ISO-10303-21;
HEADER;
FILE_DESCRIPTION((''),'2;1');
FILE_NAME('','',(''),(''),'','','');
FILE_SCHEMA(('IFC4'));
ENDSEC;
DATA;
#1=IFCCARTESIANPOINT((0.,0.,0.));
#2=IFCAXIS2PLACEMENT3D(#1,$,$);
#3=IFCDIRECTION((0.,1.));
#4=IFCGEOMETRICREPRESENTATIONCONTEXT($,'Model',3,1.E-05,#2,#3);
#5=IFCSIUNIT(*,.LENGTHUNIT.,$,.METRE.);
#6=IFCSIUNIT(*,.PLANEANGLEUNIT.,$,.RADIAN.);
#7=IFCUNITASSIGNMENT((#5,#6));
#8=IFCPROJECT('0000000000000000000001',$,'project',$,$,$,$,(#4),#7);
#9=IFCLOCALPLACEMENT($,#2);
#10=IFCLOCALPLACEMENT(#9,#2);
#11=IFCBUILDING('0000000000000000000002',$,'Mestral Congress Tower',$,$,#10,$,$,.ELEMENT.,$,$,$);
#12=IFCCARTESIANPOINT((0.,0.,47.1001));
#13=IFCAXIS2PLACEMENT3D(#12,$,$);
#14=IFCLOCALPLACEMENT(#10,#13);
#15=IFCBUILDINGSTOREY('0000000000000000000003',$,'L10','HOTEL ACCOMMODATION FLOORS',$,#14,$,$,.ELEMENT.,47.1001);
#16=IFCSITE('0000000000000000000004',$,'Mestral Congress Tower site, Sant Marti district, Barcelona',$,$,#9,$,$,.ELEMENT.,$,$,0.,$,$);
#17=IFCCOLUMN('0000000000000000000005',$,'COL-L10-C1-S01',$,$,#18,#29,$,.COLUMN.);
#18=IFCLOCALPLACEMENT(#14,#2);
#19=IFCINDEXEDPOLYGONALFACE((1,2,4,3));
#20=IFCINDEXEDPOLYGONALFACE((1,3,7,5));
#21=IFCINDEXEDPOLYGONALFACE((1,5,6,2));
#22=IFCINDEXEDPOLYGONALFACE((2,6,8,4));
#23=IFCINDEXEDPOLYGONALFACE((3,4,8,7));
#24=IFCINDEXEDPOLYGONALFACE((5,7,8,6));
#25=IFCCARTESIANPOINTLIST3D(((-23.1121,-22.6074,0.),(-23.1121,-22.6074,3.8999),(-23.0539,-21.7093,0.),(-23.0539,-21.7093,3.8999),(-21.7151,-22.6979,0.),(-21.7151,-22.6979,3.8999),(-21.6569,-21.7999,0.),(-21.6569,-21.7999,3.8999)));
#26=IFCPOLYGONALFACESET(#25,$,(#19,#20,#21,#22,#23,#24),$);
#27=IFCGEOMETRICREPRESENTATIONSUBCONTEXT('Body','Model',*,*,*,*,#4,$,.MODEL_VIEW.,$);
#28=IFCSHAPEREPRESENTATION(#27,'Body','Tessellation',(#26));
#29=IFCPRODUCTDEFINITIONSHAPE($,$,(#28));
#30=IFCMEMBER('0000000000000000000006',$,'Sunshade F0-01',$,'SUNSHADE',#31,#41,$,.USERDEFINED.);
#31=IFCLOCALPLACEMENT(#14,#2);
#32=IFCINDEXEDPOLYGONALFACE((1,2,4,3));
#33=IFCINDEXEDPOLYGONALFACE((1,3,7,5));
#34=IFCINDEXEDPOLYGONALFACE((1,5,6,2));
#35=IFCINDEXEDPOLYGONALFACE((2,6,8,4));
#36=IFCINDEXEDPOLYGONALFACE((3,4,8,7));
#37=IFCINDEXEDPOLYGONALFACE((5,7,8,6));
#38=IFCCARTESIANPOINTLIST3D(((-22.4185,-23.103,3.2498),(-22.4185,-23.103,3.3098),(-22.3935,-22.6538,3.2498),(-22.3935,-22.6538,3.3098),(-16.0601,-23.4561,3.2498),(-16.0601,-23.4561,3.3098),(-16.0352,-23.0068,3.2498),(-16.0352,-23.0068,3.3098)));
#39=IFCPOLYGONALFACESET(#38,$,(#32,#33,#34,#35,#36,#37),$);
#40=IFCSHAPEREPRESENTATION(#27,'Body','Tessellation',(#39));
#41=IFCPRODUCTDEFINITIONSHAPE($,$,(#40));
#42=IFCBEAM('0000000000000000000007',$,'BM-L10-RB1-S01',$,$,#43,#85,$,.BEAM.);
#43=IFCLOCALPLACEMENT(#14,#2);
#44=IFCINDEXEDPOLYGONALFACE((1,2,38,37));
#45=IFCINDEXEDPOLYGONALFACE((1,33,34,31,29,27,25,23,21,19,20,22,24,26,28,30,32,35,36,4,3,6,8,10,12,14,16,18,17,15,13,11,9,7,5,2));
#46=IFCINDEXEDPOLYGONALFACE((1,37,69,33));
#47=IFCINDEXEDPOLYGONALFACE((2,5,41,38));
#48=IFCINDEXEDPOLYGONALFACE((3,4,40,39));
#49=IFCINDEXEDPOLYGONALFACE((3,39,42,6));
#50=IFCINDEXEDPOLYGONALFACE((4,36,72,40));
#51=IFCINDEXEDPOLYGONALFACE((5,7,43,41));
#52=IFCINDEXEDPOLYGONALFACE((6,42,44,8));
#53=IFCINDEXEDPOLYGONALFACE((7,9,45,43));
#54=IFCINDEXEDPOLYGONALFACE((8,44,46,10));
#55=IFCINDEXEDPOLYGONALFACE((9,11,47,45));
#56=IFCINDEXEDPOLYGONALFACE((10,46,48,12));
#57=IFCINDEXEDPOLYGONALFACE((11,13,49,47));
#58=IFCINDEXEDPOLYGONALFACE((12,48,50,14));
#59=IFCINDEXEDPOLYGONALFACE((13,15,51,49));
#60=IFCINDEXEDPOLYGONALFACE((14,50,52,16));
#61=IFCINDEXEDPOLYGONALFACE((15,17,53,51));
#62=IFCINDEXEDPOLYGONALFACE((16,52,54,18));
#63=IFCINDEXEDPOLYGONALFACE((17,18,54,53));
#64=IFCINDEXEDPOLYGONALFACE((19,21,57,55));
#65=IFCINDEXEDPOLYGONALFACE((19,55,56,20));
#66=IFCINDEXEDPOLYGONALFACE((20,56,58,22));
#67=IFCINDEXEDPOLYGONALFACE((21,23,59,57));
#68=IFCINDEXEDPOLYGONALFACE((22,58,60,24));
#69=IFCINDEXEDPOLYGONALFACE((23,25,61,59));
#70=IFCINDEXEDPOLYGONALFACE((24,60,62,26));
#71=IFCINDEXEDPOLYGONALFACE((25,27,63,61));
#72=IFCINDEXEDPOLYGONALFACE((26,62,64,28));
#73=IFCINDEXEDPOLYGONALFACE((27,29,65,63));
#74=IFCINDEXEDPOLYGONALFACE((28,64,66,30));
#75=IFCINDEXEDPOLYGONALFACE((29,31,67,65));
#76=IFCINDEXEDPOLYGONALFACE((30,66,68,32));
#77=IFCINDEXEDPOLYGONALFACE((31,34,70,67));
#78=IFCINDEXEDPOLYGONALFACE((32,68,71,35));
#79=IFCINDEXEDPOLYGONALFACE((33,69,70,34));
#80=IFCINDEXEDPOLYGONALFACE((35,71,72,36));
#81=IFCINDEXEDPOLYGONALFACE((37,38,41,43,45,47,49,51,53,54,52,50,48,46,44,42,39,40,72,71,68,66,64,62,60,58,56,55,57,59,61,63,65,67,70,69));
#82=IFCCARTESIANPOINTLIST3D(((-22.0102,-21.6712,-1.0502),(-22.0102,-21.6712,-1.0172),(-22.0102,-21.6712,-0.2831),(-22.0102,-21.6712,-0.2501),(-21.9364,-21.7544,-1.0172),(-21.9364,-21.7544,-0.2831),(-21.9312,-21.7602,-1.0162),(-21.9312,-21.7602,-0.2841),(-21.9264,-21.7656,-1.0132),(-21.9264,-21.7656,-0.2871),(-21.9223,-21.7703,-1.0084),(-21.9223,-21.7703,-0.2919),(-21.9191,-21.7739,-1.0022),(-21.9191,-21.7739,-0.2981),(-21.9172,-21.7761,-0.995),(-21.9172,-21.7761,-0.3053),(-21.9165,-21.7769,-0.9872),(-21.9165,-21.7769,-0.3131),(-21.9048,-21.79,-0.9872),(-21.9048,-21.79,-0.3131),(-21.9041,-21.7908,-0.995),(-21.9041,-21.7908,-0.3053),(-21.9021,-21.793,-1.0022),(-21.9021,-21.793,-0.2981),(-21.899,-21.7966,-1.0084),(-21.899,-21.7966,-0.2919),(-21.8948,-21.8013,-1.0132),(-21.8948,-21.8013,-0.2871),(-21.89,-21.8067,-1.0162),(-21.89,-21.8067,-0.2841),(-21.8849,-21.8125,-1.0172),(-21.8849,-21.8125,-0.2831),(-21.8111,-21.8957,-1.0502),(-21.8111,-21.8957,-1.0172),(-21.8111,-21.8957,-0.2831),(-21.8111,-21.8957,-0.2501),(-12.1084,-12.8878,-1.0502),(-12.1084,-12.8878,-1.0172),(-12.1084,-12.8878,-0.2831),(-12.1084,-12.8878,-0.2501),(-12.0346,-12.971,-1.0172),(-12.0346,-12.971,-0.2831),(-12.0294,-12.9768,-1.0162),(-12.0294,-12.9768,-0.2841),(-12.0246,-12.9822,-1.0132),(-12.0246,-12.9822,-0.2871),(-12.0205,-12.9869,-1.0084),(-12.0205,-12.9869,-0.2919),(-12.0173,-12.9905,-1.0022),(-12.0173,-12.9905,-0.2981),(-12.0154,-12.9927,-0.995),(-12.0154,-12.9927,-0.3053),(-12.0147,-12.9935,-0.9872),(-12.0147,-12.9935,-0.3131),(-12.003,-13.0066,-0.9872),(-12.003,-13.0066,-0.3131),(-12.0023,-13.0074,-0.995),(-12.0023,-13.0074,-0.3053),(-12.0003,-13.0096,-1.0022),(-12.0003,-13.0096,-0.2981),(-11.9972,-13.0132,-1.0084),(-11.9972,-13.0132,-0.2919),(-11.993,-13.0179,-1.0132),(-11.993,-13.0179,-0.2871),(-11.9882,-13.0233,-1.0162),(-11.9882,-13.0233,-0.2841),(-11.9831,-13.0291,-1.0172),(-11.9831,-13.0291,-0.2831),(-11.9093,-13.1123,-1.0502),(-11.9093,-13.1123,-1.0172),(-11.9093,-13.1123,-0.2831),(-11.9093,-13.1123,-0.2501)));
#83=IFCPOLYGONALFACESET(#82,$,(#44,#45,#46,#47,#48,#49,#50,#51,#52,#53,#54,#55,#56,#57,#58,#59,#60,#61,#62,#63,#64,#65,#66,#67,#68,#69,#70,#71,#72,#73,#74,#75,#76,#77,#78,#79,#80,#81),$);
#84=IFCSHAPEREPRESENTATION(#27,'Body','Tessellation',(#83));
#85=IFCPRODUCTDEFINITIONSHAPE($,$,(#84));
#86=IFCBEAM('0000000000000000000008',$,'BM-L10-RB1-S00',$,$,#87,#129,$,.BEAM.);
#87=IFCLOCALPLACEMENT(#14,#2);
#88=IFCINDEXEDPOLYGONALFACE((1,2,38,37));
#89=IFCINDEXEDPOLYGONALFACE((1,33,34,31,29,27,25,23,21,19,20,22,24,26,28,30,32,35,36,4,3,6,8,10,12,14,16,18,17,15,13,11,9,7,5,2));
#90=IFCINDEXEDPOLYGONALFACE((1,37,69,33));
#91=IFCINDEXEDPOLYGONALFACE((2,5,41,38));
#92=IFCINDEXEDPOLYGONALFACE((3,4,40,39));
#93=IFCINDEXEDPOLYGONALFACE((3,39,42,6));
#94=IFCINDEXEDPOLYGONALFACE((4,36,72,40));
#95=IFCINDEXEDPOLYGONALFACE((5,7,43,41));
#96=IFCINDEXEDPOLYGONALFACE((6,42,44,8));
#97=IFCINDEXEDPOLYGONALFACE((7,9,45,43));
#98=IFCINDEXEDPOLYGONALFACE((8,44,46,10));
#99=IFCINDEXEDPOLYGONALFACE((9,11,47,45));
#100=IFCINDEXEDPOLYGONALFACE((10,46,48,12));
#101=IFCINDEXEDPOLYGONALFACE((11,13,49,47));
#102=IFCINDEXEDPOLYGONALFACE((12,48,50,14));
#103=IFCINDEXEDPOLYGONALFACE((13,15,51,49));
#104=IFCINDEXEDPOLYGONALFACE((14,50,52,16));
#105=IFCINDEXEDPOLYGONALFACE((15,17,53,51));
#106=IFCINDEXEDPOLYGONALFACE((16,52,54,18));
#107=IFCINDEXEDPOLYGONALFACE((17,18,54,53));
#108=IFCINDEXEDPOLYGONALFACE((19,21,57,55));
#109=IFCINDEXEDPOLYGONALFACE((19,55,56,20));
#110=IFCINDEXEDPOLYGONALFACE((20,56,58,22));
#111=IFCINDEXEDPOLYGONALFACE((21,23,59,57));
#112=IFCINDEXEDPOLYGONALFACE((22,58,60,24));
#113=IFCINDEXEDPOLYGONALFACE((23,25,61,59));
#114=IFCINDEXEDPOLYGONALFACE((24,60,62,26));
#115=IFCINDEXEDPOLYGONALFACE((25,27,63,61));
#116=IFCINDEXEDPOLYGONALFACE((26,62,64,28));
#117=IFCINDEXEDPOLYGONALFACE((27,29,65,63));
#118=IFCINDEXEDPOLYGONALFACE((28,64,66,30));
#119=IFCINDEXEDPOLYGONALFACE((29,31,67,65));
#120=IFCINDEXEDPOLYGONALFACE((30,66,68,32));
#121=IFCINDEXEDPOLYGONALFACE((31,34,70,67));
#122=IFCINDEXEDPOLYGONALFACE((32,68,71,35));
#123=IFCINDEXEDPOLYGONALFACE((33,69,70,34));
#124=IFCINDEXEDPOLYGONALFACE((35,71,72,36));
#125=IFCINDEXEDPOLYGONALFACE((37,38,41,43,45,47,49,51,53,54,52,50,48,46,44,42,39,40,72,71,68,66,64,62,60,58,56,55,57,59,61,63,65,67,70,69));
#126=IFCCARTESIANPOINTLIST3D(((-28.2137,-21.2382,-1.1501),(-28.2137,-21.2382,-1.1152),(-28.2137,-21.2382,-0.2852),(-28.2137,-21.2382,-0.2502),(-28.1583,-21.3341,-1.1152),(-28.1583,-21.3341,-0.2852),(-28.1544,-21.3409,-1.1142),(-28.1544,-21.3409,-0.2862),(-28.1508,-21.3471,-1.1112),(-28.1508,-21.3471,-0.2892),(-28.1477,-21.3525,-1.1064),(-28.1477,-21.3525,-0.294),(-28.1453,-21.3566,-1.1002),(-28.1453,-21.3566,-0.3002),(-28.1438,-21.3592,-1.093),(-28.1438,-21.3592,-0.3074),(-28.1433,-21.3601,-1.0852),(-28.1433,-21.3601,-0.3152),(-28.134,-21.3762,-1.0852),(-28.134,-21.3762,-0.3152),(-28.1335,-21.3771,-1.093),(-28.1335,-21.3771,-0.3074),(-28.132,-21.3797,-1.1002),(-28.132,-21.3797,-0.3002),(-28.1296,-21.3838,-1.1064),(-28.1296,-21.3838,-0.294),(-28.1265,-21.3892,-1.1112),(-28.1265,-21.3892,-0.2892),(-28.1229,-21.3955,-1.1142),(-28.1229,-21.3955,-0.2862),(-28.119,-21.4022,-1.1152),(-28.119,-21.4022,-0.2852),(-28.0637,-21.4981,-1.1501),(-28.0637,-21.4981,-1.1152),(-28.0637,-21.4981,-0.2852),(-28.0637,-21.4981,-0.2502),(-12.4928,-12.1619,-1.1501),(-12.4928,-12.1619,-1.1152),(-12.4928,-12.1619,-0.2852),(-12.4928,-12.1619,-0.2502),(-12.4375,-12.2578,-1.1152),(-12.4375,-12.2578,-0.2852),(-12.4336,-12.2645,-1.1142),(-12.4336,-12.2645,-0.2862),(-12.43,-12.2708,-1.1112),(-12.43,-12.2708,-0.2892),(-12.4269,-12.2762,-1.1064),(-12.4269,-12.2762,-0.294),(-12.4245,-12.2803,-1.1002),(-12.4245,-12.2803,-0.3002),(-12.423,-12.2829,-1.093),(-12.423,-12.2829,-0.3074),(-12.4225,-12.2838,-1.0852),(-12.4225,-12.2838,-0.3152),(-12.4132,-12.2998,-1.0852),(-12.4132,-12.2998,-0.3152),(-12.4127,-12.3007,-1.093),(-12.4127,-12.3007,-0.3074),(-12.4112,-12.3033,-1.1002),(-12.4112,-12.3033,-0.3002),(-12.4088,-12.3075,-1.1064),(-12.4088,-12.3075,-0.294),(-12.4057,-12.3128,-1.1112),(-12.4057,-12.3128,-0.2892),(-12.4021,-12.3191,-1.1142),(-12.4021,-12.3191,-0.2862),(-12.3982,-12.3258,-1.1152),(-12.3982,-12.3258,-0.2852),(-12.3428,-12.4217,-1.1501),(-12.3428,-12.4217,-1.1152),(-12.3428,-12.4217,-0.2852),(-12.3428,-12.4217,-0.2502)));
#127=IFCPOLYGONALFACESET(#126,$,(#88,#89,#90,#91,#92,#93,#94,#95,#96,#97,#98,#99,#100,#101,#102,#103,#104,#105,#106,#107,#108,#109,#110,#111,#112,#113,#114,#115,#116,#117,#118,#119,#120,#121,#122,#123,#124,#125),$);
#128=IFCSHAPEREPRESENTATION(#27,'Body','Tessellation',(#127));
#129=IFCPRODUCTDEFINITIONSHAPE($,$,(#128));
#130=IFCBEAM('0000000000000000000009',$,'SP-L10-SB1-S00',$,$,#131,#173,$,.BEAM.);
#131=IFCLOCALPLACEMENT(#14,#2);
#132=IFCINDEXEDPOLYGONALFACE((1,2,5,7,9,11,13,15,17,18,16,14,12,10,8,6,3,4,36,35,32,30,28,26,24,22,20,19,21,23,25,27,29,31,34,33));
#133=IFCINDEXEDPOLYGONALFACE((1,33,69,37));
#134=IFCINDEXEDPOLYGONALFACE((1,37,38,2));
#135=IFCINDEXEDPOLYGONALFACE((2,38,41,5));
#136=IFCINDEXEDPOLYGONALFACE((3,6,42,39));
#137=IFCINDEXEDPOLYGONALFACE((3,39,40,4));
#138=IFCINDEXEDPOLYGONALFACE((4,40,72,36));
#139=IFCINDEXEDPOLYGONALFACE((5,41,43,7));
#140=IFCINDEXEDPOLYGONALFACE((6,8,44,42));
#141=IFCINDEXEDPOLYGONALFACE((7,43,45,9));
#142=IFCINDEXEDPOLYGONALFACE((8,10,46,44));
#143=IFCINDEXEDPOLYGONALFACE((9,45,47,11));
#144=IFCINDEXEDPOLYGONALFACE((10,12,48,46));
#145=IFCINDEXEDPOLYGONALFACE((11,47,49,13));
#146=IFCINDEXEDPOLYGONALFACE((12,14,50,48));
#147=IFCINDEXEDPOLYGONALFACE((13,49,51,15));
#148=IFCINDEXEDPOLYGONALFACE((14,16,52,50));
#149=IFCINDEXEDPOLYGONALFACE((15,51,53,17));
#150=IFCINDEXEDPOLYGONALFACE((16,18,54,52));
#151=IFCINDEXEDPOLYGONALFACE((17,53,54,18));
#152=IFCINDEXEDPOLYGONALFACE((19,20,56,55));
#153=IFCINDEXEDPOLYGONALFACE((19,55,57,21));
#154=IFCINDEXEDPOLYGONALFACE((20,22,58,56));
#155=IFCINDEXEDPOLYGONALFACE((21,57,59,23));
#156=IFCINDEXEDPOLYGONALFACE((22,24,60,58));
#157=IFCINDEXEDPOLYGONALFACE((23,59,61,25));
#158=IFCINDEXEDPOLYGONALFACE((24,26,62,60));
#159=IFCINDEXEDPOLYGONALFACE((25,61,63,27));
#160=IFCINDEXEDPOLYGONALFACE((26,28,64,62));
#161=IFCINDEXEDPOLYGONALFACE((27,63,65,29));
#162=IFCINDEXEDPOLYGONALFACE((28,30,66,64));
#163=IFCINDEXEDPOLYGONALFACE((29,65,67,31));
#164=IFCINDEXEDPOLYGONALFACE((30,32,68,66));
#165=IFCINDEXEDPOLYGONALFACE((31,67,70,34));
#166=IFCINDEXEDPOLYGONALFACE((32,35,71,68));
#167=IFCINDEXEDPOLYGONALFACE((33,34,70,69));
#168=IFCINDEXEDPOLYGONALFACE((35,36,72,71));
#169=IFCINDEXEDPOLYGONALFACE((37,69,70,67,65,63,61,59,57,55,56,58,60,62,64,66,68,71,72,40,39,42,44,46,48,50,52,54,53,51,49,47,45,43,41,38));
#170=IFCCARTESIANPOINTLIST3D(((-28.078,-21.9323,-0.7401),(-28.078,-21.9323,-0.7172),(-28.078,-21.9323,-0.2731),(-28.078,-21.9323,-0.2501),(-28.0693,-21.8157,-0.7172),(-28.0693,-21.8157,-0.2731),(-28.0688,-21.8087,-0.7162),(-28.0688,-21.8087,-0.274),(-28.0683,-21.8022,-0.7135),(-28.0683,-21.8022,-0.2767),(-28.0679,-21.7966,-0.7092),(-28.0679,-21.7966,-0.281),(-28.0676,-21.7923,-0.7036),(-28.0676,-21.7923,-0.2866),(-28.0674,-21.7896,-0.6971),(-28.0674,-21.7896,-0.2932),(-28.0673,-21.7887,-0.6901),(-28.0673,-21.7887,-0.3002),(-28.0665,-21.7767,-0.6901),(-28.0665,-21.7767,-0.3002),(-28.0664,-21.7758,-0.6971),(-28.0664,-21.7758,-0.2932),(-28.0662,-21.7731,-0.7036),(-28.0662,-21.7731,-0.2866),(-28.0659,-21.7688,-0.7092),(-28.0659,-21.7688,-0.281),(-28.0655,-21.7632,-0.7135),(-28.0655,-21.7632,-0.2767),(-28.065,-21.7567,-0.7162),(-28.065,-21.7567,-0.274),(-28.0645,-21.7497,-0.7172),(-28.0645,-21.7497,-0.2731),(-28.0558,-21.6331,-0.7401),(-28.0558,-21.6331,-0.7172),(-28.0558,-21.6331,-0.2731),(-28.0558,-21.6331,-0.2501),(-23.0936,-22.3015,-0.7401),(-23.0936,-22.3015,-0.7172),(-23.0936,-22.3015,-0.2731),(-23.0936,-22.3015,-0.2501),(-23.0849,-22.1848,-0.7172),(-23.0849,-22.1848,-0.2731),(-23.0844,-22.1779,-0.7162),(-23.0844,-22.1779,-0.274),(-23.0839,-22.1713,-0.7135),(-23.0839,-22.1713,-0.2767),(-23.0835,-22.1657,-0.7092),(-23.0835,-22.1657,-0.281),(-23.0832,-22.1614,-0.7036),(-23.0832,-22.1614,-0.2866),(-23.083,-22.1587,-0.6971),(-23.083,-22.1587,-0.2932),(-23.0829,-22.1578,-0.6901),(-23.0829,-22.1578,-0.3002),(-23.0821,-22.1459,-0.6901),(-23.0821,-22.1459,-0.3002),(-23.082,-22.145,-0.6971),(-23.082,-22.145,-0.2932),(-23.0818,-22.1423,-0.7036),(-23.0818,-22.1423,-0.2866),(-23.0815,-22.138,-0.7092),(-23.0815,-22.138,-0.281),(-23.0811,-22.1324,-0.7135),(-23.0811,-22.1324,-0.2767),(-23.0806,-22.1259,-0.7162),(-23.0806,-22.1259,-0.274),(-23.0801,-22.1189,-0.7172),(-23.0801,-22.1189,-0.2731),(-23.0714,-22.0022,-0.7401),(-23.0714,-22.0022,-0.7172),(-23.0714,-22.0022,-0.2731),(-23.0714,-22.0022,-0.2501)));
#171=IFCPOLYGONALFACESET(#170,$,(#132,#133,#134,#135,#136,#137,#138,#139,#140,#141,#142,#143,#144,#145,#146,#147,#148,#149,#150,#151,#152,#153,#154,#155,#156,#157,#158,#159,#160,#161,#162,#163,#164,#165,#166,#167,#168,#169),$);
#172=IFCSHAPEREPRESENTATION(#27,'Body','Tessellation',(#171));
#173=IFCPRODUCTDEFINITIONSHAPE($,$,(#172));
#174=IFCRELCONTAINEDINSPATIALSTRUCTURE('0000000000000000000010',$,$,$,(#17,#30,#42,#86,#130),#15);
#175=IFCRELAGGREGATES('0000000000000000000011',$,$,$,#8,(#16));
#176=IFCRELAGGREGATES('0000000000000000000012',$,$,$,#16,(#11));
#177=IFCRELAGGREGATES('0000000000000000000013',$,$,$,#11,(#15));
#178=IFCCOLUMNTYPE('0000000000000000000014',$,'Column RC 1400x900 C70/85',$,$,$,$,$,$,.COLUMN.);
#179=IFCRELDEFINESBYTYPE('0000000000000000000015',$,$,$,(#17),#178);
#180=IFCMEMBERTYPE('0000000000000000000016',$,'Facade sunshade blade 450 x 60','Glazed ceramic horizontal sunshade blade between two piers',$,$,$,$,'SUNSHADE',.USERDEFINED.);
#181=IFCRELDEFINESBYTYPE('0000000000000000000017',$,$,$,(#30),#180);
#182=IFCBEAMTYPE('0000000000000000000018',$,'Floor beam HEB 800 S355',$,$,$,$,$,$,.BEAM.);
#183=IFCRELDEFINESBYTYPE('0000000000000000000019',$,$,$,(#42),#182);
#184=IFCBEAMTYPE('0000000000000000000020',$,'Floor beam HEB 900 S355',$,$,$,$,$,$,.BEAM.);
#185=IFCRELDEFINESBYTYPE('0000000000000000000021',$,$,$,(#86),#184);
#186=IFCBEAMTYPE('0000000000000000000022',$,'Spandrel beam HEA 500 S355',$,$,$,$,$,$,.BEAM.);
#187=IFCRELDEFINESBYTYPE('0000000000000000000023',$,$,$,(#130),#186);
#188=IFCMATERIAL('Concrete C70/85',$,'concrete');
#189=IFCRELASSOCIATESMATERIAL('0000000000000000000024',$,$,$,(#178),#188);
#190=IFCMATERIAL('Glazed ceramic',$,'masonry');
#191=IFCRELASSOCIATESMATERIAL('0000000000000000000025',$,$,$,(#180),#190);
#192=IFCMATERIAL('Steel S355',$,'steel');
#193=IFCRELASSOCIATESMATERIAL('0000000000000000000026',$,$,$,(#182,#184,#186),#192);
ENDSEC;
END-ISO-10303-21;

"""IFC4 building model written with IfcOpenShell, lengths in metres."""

from ifc_helpers import new_model, si_unit, direction, frame, origin, origin_2d, place, context, subcontext, project, spatial, rectangle, i_section, extrude, material, material_profile, profile_set, type_object, element, save


model = new_model("IFC4")

# Units and contexts
model_context = context("Model", 3, precision=1e-05, world=origin(), true_north=direction((0.0, 1.0)))
body_context = subcontext(model_context, "Body", "Model", "MODEL_VIEW")
ifc_project = project(units=[si_unit("LENGTHUNIT", "METRE"), si_unit("PLANEANGLEUNIT", "RADIAN")], contexts=[model_context])

# Site, building, storey
site_placement = place(None, origin())
site = spatial("IfcSite", under=ifc_project, at=site_placement, Name="Mestral Congress Tower site, Sant Marti district, Barcelona", CompositionType="ELEMENT", RefElevation=0.0)
building_placement = place(site_placement, origin())
building = spatial("IfcBuilding", under=site, at=building_placement, Name="Mestral Congress Tower", CompositionType="ELEMENT")
storey_placement = place(building_placement, frame((0.0, 0.0, 47.1001)))
storey = spatial("IfcBuildingStorey", under=building, at=storey_placement, Name="L10", Description="HOTEL ACCOMMODATION FLOORS", CompositionType="ELEMENT", Elevation=47.1001)

# Column
ifc_material_1 = material(Name="Concrete C70/85", Category="concrete")
ifc_material_profile_1 = material_profile(ifc_material_1, rectangle(XDim=1.3999, YDim=0.8999, at=origin_2d()), Name="RC 1400x900")
ifc_profile_set_1 = profile_set([ifc_material_profile_1], Name="Concrete C70/85")
column_type = type_object("IfcColumnType", Name="Column RC 1400x900 C70/85", PredefinedType="COLUMN", material=ifc_profile_set_1)
column_placement = place(storey_placement, frame((-22.3845, -22.2036, 0.0), z_axis=(0.0, 0.0, 1.0), x_axis=(0.997908, -0.064658, 0.0)))
element("IfcColumn", 1, at=column_placement, inside=storey, type_object=column_type, Name="COL-L10-C1-S01", PredefinedType="COLUMN", context=body_context, shape_type="SweptSolid", body=[
    extrude(rectangle(XDim=1.3999, YDim=0.8999, at=origin_2d()), origin(), (0.0, 0.0, 1.0), 3.8999),
])

# Member
ifc_material_2 = material(Name="Glazed ceramic", Category="masonry")
ifc_material_profile_2 = material_profile(ifc_material_2, rectangle(XDim=0.45, YDim=0.0601, at=origin_2d()), Name="Ceramic blade 450 x 60")
ifc_profile_set_2 = profile_set([ifc_material_profile_2], Name="Glazed ceramic")
member_type = type_object("IfcMemberType", Name="Facade sunshade blade 450 x 60", Description="Glazed ceramic horizontal sunshade blade between two piers", ElementType="SUNSHADE", PredefinedType="USERDEFINED", material=ifc_profile_set_2)
member_placement = place(storey_placement, frame((-22.406, -22.8784, 3.2798), z_axis=(0.998462, -0.055436, 0.0), x_axis=(0.055436, 0.998462, 0.0)))
element("IfcMember", 2, at=member_placement, inside=storey, type_object=member_type, Name="Sunshade F0-01", ObjectType="SUNSHADE", PredefinedType="USERDEFINED", context=body_context, shape_type="SweptSolid", body=[
    extrude(rectangle(XDim=0.45, YDim=0.0601, at=origin_2d()), origin(), (0.0, 0.0, 1.0), 6.3682),
])

# Beams
ifc_material_3 = material(Name="Steel S355", Category="steel")
ifc_material_profile_3 = material_profile(ifc_material_3, i_section(OverallWidth=0.3, OverallDepth=0.8, WebThickness=0.0176, FlangeThickness=0.033, FilletRadius=0.03, at=origin_2d()), Name="HEB 800")
ifc_profile_set_3 = profile_set([ifc_material_profile_3], Name="Steel S355")
beam_type_1 = type_object("IfcBeamType", Name="Floor beam HEB 800 S355", PredefinedType="BEAM", material=ifc_profile_set_3)
beam_1_placement = place(storey_placement, frame((-21.9106, -21.7834, -0.6501), z_axis=(0.748092, 0.663595, 0.0), x_axis=(-0.663595, 0.748092, 0.0)))
element("IfcBeam", 3, at=beam_1_placement, inside=storey, type_object=beam_type_1, Name="BM-L10-RB1-S01", PredefinedType="BEAM", context=body_context, shape_type="SweptSolid", body=[
    extrude(i_section(OverallWidth=0.3, OverallDepth=0.8, WebThickness=0.0176, FlangeThickness=0.033, FilletRadius=0.03, at=origin_2d()), origin(), (0.0, 0.0, 1.0), 13.2361),
])
ifc_material_profile_4 = material_profile(ifc_material_3, i_section(OverallWidth=0.3, OverallDepth=0.8999, WebThickness=0.0186, FlangeThickness=0.0349, FilletRadius=0.03, at=origin_2d()), Name="HEB 900")
ifc_profile_set_4 = profile_set([ifc_material_profile_4], Name="Steel S355")
beam_type_2 = type_object("IfcBeamType", Name="Floor beam HEB 900 S355", PredefinedType="BEAM", material=ifc_profile_set_4)
beam_2_placement = place(storey_placement, frame((-28.1387, -21.3682, -0.7002), z_axis=(0.866027, 0.499997, 0.0), x_axis=(-0.499997, 0.866027, 0.0)))
element("IfcBeam", 4, at=beam_2_placement, inside=storey, type_object=beam_type_2, Name="BM-L10-RB1-S00", PredefinedType="BEAM", context=body_context, shape_type="SweptSolid", body=[
    extrude(i_section(OverallWidth=0.3, OverallDepth=0.8999, WebThickness=0.0186, FlangeThickness=0.0349, FilletRadius=0.03, at=origin_2d()), origin(), (0.0, 0.0, 1.0), 18.1528),
])
ifc_material_profile_5 = material_profile(ifc_material_3, i_section(OverallWidth=0.3, OverallDepth=0.49, WebThickness=0.012, FlangeThickness=0.0229, FilletRadius=0.0271, at=origin_2d()), Name="HEA 500")
ifc_profile_set_5 = profile_set([ifc_material_profile_5], Name="Steel S355")
beam_type_3 = type_object("IfcBeamType", Name="Spandrel beam HEA 500 S355", PredefinedType="BEAM", material=ifc_profile_set_5)
beam_3_placement = place(storey_placement, frame((-28.0669, -21.7827, -0.4951), z_axis=(0.997269, -0.073857, 0.0), x_axis=(0.073857, 0.997269, 0.0)))
element("IfcBeam", 5, at=beam_3_placement, inside=storey, type_object=beam_type_3, Name="SP-L10-SB1-S00", PredefinedType="BEAM", context=body_context, shape_type="SweptSolid", body=[
    extrude(i_section(OverallWidth=0.3, OverallDepth=0.49, WebThickness=0.012, FlangeThickness=0.0229, FilletRadius=0.0271, at=origin_2d()), origin(), (0.0, 0.0, 1.0), 4.998),
])

save(model, "model.ifc")
